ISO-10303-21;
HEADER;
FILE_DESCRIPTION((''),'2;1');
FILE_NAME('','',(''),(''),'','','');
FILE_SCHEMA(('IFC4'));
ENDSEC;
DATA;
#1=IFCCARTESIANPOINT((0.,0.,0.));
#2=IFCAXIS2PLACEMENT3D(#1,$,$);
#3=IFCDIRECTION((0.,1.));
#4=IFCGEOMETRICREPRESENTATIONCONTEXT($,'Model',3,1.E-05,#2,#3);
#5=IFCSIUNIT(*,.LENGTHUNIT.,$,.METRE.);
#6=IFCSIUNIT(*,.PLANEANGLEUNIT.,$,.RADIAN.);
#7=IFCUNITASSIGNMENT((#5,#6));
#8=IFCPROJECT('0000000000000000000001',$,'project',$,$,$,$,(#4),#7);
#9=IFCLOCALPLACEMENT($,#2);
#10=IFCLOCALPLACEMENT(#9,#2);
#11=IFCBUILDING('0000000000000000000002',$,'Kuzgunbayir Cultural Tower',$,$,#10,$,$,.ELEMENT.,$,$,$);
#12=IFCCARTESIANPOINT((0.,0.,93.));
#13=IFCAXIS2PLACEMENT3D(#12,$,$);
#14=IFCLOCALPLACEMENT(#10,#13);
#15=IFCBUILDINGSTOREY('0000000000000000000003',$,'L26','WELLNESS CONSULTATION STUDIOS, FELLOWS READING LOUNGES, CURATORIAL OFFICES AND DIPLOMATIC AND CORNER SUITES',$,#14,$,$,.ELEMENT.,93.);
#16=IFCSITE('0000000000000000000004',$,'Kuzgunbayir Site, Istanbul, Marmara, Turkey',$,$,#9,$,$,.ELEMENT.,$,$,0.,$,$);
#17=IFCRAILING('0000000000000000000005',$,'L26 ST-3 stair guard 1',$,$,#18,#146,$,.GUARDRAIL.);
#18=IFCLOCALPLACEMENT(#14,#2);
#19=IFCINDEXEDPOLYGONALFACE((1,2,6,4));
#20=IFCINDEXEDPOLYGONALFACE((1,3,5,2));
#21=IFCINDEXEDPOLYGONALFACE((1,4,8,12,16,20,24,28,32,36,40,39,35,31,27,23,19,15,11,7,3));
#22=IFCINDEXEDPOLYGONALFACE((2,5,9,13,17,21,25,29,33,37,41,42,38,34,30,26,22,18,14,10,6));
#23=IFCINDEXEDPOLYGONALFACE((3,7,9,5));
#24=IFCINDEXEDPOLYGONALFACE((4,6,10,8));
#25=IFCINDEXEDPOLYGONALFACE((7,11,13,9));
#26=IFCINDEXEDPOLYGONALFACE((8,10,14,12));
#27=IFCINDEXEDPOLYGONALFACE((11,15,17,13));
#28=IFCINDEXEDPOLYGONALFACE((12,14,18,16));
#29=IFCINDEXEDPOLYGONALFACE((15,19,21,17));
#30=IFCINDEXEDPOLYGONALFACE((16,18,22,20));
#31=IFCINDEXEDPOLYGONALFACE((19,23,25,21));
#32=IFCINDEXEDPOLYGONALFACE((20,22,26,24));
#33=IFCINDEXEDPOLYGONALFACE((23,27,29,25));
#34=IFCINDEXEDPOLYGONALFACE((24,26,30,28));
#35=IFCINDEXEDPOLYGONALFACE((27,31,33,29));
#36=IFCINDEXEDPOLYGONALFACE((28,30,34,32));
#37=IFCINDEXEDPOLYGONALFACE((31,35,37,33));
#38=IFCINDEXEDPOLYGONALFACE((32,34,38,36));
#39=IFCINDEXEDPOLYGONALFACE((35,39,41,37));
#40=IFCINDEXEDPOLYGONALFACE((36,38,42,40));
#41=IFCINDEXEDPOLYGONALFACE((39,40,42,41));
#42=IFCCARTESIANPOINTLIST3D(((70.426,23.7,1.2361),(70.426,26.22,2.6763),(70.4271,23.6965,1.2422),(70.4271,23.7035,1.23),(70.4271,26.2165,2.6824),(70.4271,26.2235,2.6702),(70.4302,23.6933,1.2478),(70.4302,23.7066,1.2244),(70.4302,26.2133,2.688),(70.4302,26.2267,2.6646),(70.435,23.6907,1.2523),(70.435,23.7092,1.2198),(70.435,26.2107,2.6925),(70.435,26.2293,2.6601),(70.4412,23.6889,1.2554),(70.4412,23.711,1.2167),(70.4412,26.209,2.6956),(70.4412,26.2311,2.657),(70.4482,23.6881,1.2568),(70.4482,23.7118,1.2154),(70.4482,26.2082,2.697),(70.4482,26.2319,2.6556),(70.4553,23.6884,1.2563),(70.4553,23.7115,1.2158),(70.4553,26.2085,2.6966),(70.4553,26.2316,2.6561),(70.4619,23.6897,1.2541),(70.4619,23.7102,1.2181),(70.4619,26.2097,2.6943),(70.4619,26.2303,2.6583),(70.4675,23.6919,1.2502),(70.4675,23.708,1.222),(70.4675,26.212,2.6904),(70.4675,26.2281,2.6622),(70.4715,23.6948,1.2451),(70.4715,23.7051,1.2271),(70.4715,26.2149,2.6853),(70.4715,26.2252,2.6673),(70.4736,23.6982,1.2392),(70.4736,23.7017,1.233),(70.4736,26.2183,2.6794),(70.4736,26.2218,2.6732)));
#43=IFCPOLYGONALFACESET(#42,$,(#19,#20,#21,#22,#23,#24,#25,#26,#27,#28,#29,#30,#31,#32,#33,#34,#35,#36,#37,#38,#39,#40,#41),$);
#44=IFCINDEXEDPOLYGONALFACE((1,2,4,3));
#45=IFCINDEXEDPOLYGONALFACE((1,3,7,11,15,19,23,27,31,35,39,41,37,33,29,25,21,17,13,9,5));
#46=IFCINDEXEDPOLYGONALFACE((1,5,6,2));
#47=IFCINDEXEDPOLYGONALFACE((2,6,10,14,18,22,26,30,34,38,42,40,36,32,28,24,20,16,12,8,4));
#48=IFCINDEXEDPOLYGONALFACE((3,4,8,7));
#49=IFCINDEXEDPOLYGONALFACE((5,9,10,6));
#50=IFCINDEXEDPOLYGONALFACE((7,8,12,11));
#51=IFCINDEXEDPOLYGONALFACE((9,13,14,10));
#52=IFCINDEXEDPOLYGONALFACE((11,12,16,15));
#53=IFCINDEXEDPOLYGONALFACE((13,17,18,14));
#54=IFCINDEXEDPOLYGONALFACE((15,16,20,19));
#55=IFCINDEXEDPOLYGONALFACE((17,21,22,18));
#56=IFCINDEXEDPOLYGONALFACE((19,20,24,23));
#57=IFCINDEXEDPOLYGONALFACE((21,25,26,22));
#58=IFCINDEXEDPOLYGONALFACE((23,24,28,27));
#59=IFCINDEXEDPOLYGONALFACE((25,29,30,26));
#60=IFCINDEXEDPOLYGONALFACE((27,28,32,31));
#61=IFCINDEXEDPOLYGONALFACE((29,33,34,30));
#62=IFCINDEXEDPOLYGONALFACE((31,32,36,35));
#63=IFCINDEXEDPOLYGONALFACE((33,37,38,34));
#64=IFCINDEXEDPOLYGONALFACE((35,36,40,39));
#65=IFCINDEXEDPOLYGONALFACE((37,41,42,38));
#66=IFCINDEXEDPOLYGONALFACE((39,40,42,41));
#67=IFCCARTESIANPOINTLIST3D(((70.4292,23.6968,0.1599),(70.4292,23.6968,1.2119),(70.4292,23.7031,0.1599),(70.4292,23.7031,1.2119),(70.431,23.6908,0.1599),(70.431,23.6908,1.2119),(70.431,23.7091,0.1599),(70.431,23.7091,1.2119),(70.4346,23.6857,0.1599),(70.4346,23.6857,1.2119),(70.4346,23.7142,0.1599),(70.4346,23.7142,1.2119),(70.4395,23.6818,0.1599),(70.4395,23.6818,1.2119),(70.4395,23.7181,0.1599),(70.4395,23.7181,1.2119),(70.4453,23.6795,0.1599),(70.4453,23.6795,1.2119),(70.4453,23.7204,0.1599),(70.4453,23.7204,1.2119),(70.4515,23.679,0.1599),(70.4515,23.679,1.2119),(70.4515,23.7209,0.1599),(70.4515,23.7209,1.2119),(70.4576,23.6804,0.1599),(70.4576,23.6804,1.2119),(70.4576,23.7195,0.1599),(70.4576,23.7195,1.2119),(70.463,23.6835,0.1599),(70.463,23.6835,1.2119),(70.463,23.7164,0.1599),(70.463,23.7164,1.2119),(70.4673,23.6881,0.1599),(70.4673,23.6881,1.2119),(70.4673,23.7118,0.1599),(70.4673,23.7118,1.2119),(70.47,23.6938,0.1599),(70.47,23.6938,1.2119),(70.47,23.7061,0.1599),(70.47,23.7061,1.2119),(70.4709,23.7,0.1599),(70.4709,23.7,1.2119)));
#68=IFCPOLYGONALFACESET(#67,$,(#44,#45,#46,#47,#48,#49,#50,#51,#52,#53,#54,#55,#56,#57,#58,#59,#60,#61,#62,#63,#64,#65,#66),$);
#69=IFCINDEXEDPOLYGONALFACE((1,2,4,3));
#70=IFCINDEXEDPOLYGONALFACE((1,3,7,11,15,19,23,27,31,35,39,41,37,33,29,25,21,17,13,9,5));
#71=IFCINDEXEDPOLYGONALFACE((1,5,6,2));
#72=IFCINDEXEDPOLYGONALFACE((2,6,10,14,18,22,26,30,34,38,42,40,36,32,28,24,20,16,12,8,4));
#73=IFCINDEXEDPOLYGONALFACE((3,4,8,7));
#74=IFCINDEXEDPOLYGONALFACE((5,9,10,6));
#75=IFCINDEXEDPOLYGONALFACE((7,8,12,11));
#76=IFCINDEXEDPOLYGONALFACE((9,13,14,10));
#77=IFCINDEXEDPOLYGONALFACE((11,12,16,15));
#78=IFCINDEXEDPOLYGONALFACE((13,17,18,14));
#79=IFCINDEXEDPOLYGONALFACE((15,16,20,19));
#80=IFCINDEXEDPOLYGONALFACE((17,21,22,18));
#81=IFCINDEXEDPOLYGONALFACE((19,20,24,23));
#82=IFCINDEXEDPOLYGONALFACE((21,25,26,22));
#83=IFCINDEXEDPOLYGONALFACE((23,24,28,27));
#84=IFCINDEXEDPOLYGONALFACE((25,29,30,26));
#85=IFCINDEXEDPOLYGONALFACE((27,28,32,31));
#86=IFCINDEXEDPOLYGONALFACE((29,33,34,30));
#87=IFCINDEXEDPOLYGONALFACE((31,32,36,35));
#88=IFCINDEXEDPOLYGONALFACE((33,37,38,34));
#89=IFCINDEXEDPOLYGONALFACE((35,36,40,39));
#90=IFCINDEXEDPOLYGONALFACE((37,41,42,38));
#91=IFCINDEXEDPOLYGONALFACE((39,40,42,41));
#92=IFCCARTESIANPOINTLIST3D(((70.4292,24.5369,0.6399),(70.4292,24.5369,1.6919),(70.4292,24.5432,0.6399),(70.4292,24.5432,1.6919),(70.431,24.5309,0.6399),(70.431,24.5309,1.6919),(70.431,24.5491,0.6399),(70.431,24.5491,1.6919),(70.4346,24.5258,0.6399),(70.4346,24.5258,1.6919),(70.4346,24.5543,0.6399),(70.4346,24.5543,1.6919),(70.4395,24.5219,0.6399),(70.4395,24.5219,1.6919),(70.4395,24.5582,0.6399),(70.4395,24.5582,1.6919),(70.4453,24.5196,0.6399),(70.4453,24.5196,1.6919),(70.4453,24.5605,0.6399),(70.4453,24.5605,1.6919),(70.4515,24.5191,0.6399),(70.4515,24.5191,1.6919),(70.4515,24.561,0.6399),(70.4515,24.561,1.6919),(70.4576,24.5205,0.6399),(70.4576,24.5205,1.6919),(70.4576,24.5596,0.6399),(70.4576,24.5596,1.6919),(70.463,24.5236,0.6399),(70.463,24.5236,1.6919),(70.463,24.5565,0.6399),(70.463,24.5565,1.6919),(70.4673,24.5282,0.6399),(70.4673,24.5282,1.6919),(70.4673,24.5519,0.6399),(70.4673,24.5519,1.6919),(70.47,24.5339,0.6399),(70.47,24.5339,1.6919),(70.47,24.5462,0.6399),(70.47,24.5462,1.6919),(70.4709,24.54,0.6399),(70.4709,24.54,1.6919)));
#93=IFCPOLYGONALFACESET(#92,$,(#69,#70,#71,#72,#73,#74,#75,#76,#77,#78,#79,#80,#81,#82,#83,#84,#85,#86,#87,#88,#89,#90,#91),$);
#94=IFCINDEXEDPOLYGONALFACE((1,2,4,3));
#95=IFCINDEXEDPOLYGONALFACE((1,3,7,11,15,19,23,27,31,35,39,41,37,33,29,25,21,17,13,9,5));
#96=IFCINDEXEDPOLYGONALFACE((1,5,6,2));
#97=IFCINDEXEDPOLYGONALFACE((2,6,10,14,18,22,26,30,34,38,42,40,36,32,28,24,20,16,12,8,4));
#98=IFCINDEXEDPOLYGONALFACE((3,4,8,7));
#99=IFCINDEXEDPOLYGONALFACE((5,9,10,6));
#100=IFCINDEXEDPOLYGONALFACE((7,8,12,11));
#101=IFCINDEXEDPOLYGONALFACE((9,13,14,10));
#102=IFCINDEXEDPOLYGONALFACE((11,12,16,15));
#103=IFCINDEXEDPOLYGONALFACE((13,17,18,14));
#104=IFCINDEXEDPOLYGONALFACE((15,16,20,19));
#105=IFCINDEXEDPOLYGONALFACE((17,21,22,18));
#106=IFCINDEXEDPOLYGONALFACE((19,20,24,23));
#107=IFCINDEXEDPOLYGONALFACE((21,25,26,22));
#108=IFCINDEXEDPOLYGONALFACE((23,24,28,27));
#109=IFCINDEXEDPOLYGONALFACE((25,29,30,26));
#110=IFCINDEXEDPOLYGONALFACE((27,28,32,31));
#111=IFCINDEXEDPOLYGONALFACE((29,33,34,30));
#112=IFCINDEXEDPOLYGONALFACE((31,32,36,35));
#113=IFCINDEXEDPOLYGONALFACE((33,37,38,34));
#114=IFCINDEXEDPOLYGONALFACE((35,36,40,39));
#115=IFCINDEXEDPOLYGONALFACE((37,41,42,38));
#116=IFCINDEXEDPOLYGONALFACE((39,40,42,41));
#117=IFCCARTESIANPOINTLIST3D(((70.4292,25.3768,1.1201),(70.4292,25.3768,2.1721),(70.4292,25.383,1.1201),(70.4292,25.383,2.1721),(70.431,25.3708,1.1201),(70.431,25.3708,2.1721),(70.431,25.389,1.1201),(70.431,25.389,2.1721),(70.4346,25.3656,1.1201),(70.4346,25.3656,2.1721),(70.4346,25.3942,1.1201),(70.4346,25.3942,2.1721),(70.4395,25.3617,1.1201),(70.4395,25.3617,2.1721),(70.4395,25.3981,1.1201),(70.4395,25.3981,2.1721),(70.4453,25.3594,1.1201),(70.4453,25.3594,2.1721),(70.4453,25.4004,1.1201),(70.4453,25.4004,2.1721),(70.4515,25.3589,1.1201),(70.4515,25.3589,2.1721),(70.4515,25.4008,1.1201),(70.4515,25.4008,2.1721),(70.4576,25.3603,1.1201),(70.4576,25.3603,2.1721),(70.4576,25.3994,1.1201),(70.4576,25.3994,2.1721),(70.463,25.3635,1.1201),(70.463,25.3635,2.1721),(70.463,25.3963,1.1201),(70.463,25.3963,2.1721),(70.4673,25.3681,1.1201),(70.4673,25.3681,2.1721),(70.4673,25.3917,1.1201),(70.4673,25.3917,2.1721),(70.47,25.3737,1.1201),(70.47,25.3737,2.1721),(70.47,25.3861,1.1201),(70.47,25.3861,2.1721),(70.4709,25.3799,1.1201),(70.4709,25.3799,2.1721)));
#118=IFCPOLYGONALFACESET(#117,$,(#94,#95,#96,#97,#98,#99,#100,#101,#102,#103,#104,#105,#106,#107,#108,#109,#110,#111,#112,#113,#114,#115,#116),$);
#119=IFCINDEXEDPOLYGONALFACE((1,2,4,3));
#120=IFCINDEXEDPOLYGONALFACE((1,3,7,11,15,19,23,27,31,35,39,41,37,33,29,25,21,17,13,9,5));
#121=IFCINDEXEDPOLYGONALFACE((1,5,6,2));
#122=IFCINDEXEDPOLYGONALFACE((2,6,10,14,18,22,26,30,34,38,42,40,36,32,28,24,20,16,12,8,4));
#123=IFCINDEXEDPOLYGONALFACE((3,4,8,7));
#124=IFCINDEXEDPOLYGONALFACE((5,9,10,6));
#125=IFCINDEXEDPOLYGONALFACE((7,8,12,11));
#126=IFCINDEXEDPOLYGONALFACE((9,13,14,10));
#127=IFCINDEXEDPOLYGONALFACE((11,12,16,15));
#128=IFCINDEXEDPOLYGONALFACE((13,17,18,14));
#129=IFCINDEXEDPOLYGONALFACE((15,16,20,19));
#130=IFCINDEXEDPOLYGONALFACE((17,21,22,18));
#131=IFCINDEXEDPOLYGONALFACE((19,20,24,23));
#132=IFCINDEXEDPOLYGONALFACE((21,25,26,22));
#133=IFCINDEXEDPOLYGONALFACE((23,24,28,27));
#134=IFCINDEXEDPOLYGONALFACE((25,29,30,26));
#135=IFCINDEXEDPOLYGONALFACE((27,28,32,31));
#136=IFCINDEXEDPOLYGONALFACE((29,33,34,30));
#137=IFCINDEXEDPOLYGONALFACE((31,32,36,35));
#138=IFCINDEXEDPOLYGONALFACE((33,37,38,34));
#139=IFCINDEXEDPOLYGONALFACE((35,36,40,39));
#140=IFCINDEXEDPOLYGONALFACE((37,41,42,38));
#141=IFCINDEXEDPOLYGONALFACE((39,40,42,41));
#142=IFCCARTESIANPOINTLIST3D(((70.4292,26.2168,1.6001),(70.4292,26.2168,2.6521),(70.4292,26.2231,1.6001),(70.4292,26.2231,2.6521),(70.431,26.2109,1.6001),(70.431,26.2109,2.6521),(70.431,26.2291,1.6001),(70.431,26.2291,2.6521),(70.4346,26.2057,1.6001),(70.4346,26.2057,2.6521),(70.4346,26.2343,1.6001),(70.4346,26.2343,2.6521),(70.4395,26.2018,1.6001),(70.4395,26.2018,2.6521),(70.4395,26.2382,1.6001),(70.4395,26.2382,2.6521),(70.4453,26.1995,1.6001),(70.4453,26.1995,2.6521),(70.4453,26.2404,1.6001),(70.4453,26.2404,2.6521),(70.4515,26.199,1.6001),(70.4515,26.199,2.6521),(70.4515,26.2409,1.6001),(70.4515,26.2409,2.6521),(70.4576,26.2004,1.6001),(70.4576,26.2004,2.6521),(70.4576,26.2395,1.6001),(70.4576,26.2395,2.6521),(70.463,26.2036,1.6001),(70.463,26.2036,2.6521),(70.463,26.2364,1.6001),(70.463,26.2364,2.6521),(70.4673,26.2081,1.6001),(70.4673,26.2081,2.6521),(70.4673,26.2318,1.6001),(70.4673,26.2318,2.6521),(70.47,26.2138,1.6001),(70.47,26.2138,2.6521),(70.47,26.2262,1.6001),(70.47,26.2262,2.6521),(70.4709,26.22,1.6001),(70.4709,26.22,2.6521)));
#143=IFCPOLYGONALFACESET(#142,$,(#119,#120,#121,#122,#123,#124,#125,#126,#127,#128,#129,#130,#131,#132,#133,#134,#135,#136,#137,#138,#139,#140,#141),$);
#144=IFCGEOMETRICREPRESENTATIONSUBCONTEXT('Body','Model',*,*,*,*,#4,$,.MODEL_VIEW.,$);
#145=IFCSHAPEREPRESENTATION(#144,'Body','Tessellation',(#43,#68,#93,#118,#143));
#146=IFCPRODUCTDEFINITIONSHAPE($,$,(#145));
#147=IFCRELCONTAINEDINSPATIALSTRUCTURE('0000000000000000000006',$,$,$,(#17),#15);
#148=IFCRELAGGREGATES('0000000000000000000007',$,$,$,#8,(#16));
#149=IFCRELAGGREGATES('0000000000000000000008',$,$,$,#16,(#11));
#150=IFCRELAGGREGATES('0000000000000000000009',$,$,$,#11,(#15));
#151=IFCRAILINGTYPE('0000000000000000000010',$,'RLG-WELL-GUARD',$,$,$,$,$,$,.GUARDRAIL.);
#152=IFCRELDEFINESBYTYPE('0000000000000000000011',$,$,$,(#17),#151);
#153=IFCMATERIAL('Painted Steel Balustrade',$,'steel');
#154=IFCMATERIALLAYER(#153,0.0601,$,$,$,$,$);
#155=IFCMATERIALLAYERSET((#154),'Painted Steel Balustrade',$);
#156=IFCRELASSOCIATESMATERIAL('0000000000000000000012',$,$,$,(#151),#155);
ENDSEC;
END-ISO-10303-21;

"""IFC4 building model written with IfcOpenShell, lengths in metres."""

from ifc_helpers import new_model, si_unit, direction, frame, origin, origin_2d, place, context, subcontext, project, spatial, circle, extrude, material, layer, layer_set, type_object, element, save


model = new_model("IFC4")

# Units and contexts
model_context = context("Model", 3, precision=1e-05, world=origin(), true_north=direction((0.0, 1.0)))
body_context = subcontext(model_context, "Body", "Model", "MODEL_VIEW")
ifc_project = project(units=[si_unit("LENGTHUNIT", "METRE"), si_unit("PLANEANGLEUNIT", "RADIAN")], contexts=[model_context])

# Site, building, storey
site_placement = place(None, origin())
site = spatial("IfcSite", under=ifc_project, at=site_placement, Name="Kuzgunbayir Site, Istanbul, Marmara, Turkey", CompositionType="ELEMENT", RefElevation=0.0)
building_placement = place(site_placement, origin())
building = spatial("IfcBuilding", under=site, at=building_placement, Name="Kuzgunbayir Cultural Tower", CompositionType="ELEMENT")
storey_placement = place(building_placement, frame((0.0, 0.0, 93.0)))
storey = spatial("IfcBuildingStorey", under=building, at=storey_placement, Name="L26", Description="WELLNESS CONSULTATION STUDIOS, FELLOWS READING LOUNGES, CURATORIAL OFFICES AND DIPLOMATIC AND CORNER SUITES", CompositionType="ELEMENT", Elevation=93.0)

# Railing
ifc_material_1 = material(Name="Painted Steel Balustrade", Category="steel")
ifc_layer_1 = layer(ifc_material_1, 0.0601)
ifc_layer_set_1 = layer_set([ifc_layer_1], Name="Painted Steel Balustrade")
railing_type_1 = type_object("IfcRailingType", Name="RLG-WELL-GUARD", PredefinedType="GUARDRAIL", material=ifc_layer_set_1)
railing_1_placement = place(storey_placement, frame((70.45, 23.7, 0.1599)))
element("IfcRailing", 1, at=railing_1_placement, inside=storey, type_object=railing_type_1, Name="L26 ST-3 stair guard 1", PredefinedType="GUARDRAIL", context=body_context, shape_type="SweptSolid", body=[
    extrude(circle(Radius=0.0239, at=origin_2d()), frame((0.0, 0.0, 1.0762), z_axis=(0.0, 0.868217, 0.496184), x_axis=(-1.0, 0.0, 0.0)), (0.0, 0.0, 1.0), 2.9026),
    extrude(circle(Radius=0.021, at=origin_2d()), origin(), (0.0, 0.0, 1.0), 1.052),
    extrude(circle(Radius=0.021, at=origin_2d()), frame((0.0, 0.8401, 0.48)), (0.0, 0.0, 1.0), 1.052),
    extrude(circle(Radius=0.021, at=origin_2d()), frame((0.0, 1.6799, 0.9602)), (0.0, 0.0, 1.0), 1.052),
    extrude(circle(Radius=0.021, at=origin_2d()), frame((0.0, 2.52, 1.4402)), (0.0, 0.0, 1.0), 1.052),
])

save(model, "model.ifc")
